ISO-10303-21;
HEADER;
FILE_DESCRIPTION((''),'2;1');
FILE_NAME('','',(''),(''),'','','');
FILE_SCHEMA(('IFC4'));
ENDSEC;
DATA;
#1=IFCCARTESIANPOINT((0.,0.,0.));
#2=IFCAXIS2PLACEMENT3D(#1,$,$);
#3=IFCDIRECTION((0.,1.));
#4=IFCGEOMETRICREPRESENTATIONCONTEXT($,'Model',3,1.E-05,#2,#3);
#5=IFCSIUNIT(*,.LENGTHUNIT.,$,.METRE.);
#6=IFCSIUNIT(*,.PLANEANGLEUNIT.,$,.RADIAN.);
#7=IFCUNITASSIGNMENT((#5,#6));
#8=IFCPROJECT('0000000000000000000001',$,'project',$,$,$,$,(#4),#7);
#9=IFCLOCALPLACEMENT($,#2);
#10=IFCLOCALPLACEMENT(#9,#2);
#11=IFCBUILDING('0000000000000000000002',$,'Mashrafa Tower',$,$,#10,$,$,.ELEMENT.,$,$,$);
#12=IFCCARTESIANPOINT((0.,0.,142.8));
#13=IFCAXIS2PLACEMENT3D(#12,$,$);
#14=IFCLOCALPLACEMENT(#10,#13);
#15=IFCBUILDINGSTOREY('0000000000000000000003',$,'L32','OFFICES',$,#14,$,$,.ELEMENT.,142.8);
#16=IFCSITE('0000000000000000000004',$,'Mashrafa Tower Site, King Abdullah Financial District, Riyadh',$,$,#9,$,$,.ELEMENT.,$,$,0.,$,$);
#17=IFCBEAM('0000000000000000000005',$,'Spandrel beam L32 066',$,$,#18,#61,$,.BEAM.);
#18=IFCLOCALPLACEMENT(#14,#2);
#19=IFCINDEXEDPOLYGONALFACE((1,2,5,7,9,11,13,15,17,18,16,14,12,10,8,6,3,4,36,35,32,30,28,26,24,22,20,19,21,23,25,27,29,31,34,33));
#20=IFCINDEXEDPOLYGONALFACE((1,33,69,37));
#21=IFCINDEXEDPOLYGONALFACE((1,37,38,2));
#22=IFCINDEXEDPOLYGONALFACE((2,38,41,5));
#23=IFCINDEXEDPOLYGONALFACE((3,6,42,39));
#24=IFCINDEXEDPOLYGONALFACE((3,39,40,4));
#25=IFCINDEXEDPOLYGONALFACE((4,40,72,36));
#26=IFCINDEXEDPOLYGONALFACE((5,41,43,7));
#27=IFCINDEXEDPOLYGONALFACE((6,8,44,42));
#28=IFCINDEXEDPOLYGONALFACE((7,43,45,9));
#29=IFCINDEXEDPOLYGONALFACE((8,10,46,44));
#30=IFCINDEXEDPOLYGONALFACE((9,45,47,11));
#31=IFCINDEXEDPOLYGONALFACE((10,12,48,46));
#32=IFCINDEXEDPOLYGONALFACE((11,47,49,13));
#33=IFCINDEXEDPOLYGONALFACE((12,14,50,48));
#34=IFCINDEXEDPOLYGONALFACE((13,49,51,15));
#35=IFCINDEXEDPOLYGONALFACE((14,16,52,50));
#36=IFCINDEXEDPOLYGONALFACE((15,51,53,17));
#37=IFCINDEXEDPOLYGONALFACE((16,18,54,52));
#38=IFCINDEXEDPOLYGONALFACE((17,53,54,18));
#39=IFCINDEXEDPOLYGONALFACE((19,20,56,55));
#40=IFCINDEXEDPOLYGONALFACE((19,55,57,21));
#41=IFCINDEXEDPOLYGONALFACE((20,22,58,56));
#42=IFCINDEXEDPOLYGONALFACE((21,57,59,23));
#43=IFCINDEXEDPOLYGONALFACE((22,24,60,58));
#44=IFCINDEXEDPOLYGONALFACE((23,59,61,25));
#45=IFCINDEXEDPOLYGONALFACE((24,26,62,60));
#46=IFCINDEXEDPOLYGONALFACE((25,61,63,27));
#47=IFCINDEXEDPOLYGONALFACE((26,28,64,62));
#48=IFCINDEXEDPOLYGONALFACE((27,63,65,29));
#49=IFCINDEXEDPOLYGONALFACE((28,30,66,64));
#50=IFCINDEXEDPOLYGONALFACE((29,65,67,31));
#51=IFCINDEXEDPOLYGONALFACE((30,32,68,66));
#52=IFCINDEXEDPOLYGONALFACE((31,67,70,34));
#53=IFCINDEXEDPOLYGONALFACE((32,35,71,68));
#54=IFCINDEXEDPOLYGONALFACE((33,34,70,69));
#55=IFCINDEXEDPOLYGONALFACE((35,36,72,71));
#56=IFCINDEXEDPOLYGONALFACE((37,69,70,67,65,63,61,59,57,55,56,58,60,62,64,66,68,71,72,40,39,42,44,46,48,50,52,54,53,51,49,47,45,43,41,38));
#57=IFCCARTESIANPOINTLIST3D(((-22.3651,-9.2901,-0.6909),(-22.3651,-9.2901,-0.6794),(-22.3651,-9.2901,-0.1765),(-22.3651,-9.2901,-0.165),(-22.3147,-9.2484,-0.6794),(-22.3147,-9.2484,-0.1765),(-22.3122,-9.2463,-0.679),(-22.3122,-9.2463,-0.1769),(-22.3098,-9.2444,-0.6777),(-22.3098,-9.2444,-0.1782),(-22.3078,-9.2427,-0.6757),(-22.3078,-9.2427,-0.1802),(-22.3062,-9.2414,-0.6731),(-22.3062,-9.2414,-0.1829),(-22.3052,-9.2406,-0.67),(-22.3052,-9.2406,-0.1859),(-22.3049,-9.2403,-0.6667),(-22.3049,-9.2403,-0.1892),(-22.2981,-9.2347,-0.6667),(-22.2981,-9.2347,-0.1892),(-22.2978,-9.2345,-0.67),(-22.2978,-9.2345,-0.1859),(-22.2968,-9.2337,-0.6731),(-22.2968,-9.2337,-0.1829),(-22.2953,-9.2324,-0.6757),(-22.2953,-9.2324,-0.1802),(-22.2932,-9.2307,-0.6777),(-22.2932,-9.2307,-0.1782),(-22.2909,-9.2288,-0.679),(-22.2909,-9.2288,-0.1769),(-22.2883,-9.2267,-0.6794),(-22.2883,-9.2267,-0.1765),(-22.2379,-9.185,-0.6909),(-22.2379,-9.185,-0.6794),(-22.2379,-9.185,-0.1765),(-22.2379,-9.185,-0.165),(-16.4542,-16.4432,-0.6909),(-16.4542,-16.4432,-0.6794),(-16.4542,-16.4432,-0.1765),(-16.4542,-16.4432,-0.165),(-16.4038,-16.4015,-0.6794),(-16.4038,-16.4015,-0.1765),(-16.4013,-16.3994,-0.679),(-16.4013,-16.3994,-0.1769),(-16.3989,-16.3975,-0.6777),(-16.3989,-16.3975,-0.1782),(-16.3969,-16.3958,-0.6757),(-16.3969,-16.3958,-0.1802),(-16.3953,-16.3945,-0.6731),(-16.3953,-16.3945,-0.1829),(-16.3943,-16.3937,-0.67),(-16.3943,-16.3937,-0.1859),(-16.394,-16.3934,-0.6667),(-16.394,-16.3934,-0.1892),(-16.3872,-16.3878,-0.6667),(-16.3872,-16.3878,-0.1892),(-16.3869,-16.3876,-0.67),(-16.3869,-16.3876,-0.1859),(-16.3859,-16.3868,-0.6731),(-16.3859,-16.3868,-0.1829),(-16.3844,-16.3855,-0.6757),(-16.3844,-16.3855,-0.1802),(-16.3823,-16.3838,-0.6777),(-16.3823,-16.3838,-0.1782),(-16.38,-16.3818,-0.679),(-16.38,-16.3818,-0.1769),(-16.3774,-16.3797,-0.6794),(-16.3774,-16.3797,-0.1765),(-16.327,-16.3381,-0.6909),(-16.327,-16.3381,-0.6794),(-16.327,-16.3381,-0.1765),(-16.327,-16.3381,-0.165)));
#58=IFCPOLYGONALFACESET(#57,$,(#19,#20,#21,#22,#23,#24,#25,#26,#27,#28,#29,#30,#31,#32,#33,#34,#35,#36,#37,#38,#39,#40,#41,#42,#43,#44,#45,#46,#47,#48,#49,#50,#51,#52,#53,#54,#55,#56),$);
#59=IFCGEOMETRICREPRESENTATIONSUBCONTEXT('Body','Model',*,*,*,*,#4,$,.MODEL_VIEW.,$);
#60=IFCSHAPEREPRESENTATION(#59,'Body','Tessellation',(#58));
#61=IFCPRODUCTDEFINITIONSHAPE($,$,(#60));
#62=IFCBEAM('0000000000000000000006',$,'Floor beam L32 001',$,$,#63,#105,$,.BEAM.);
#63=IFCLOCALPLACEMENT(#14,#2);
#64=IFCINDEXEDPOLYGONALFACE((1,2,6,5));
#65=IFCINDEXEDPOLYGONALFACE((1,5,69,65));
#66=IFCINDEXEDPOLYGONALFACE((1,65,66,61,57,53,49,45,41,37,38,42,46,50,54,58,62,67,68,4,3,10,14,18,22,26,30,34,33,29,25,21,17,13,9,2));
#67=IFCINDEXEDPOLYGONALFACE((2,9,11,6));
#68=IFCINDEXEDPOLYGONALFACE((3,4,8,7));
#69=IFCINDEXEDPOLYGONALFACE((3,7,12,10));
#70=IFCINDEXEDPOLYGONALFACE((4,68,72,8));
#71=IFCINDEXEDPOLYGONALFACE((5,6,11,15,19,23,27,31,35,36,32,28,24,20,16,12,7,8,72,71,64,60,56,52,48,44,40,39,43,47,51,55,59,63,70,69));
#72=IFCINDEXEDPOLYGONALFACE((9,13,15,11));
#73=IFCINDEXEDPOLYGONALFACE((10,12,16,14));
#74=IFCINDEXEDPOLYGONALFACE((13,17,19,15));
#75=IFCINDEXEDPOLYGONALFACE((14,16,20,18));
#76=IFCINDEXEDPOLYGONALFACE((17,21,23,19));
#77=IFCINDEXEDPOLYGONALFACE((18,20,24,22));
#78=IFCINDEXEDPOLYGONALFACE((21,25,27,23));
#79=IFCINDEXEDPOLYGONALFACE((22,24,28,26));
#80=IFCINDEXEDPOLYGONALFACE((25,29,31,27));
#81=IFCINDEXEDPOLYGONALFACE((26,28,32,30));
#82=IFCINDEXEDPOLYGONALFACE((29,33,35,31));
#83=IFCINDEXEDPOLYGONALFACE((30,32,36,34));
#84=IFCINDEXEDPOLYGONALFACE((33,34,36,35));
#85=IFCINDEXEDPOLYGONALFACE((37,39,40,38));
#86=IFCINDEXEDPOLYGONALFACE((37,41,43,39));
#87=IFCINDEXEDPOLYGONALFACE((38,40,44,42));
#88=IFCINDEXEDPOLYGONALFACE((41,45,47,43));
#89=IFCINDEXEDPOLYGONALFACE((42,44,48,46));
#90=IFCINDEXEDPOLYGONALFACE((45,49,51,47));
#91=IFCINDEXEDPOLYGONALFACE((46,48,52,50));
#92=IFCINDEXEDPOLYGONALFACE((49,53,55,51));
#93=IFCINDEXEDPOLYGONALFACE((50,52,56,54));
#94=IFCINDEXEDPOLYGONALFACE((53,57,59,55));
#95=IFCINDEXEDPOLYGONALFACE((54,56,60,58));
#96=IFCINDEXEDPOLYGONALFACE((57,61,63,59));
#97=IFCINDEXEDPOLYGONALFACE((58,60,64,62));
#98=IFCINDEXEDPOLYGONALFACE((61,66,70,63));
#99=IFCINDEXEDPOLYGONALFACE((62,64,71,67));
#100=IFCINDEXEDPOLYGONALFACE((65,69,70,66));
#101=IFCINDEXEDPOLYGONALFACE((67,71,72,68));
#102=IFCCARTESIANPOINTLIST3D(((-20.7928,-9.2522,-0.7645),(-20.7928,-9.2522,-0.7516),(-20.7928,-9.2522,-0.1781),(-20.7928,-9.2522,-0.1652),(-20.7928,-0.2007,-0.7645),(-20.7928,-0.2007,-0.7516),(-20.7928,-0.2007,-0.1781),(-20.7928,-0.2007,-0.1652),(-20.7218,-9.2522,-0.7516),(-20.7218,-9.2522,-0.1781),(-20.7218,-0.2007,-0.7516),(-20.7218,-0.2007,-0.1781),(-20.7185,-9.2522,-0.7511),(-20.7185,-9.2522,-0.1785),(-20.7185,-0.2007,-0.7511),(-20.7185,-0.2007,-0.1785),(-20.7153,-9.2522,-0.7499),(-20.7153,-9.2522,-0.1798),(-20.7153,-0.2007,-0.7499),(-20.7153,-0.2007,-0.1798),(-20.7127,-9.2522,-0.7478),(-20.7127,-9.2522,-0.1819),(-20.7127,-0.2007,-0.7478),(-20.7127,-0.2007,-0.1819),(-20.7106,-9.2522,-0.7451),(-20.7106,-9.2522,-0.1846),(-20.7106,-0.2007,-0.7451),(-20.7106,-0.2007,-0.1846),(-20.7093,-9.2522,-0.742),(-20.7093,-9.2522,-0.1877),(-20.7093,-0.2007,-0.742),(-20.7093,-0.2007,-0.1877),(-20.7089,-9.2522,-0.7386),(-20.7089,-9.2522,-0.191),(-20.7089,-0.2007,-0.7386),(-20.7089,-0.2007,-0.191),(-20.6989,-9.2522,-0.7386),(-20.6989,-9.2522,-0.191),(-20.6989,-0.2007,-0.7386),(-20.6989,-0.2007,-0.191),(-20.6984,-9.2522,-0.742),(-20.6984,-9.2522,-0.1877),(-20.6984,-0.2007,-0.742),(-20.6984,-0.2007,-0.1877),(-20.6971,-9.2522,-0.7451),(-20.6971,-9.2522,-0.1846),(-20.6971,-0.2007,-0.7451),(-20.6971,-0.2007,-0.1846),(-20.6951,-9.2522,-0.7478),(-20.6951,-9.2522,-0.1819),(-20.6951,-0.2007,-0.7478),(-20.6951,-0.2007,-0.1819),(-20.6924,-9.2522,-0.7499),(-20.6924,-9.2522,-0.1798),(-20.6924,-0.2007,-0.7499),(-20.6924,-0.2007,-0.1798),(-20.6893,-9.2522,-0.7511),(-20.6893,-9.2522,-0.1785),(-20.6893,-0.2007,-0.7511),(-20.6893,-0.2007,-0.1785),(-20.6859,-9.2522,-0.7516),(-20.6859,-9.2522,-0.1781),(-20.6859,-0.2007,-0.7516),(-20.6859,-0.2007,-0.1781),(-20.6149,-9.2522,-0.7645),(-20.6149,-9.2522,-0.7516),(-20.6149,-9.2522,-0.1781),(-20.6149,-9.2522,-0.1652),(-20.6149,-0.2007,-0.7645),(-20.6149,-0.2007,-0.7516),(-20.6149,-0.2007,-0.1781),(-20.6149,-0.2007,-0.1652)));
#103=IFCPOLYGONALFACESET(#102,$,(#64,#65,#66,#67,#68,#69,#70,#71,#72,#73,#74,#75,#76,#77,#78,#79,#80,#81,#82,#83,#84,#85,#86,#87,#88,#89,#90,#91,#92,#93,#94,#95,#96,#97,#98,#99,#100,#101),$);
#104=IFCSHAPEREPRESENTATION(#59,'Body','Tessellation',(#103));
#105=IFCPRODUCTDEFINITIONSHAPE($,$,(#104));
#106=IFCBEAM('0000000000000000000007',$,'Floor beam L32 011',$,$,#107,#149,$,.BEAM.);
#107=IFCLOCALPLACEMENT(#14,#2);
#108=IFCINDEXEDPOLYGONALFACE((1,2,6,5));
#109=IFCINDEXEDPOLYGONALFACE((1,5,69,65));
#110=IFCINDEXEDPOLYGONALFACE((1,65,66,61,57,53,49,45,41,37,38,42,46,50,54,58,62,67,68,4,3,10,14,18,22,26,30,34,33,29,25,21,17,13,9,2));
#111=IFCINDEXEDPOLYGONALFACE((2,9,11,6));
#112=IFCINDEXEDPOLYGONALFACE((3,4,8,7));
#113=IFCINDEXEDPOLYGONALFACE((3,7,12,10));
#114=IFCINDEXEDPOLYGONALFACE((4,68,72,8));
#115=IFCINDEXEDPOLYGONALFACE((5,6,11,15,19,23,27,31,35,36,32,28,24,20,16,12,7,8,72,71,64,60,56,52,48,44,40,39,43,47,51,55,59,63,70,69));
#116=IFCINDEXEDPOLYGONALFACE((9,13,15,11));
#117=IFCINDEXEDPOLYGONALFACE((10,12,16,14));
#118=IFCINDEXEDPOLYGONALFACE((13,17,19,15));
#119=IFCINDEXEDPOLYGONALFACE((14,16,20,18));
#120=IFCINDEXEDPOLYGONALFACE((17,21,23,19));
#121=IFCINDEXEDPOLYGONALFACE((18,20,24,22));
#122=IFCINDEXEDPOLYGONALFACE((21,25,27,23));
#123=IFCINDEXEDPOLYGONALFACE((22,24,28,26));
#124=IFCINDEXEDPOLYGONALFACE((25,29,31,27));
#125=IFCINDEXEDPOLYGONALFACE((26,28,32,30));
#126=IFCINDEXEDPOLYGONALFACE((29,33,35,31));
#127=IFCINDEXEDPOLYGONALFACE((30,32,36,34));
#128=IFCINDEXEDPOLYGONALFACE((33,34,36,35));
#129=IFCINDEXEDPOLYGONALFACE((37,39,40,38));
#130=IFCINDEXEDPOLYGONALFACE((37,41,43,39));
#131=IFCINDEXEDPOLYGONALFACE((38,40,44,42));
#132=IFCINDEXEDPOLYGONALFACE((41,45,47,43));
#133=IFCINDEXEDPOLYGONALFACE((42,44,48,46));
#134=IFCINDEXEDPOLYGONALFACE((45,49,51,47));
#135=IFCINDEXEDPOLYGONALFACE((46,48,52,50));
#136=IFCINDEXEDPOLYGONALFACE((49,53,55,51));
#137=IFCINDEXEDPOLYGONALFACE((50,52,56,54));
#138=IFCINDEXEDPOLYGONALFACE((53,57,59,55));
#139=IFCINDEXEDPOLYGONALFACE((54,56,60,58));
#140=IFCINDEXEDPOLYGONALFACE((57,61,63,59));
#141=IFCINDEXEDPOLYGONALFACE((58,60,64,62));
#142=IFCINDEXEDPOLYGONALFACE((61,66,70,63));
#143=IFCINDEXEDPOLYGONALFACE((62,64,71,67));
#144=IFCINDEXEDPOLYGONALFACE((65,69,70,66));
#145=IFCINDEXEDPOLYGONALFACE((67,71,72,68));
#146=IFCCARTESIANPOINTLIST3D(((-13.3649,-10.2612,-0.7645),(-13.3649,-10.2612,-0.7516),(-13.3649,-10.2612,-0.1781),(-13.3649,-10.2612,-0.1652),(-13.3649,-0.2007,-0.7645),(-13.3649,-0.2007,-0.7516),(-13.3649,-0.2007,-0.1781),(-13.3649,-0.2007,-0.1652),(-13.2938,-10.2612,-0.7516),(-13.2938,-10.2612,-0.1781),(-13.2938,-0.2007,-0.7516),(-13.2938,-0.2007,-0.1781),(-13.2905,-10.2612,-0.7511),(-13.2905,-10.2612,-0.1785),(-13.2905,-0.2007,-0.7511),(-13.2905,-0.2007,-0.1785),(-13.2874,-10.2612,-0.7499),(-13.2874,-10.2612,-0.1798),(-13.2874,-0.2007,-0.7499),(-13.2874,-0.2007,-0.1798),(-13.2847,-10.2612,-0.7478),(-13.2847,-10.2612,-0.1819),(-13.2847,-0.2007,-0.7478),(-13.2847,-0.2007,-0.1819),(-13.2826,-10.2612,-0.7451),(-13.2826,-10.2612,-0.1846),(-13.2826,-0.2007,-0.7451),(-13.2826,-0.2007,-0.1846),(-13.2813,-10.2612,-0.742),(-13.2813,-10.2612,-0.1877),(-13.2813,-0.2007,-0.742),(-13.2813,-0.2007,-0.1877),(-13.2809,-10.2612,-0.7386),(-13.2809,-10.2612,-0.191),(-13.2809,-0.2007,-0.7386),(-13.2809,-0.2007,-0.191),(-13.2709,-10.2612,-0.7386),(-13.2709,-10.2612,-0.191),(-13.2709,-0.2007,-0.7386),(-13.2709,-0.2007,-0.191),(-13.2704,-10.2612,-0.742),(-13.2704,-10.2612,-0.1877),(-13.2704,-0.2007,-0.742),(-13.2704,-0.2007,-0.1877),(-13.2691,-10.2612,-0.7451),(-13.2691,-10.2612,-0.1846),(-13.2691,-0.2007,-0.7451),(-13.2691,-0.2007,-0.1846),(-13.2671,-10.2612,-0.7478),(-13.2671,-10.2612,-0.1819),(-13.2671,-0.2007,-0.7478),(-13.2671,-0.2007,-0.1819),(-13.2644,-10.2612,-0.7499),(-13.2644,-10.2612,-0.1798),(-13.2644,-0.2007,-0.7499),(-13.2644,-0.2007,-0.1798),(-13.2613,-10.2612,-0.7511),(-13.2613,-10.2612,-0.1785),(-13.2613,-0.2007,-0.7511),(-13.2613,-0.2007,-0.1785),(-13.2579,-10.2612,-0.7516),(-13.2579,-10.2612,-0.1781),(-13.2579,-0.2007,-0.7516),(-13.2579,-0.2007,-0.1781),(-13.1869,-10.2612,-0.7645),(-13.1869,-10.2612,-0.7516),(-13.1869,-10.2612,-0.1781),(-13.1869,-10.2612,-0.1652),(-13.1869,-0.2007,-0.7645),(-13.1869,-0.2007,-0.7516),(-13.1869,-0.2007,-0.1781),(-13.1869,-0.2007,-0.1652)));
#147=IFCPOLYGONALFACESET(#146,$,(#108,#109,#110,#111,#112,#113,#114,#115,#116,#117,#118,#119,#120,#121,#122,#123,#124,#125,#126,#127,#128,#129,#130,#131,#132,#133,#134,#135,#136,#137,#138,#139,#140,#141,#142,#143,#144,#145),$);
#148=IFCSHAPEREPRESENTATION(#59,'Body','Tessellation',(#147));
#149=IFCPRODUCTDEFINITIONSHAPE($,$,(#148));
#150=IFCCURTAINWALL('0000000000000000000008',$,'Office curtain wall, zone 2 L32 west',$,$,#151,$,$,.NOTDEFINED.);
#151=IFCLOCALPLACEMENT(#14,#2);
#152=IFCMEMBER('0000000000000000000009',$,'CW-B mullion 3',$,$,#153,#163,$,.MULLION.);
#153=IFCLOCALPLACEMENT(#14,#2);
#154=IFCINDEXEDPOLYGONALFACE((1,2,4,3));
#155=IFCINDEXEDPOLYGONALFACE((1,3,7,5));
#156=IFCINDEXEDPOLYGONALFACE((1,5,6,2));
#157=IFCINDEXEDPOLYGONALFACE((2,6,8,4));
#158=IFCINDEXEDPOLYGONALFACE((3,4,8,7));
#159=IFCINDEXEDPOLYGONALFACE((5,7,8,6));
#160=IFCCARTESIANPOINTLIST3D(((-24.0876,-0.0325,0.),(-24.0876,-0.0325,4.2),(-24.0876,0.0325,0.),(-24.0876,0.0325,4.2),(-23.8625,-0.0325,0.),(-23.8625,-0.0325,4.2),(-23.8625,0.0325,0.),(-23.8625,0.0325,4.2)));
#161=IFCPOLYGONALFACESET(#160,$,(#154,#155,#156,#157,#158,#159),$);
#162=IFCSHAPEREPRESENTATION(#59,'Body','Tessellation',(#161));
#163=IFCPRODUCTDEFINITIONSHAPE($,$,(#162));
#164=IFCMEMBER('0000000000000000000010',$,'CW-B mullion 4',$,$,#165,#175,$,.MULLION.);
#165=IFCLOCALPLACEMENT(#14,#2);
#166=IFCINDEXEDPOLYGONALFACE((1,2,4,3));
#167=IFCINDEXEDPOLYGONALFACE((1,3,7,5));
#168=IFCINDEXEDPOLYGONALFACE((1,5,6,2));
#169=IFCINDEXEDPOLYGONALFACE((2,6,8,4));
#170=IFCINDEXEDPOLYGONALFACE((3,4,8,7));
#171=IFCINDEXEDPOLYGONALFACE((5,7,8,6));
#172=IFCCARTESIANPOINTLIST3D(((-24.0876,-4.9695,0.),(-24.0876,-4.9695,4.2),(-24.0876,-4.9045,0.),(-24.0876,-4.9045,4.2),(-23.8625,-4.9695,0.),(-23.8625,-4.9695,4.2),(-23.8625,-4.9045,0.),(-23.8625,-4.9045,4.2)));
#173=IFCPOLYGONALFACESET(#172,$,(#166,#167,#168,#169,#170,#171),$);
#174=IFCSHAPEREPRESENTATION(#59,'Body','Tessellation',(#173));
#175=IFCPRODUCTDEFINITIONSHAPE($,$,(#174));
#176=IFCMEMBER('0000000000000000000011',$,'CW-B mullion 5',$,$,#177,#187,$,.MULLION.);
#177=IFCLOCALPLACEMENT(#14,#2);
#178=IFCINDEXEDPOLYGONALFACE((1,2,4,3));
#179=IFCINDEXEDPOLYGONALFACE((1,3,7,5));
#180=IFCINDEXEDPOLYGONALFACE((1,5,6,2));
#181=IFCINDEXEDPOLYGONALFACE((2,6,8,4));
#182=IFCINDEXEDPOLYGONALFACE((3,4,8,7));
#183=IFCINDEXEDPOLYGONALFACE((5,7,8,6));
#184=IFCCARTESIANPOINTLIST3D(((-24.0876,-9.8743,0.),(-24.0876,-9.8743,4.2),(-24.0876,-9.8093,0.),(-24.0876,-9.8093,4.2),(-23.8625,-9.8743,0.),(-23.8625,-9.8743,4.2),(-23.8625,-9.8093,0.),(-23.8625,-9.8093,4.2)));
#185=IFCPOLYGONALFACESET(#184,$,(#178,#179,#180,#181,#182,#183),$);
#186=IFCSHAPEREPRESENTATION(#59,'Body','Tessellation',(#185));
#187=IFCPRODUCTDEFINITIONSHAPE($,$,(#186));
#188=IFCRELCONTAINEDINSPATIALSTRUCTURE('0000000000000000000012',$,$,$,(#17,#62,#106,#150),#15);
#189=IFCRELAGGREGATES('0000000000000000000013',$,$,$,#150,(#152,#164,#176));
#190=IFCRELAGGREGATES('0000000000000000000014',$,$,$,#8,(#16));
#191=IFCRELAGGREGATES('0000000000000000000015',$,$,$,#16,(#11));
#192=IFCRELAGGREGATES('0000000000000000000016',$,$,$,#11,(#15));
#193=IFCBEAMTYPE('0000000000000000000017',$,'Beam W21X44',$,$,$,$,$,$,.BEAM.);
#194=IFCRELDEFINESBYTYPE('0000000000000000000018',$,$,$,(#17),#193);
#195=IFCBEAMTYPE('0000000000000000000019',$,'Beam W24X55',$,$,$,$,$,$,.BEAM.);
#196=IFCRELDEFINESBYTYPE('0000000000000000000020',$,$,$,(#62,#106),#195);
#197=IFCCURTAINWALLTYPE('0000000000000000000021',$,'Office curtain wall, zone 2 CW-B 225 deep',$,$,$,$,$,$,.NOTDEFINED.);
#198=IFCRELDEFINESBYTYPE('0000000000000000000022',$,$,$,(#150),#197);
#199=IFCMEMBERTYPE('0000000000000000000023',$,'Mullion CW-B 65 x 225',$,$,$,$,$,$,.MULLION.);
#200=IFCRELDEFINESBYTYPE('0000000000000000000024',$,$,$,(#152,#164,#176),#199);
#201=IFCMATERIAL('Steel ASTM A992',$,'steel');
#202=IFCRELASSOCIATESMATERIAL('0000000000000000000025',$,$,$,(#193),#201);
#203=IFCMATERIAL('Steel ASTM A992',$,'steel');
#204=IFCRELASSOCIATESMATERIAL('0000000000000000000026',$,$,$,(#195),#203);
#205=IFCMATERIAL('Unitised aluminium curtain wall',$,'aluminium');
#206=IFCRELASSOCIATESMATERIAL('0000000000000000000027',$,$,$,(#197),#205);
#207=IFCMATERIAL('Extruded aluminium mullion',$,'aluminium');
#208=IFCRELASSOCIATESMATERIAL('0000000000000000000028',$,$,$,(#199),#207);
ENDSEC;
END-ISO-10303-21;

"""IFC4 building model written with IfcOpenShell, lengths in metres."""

from ifc_helpers import new_model, si_unit, direction, frame, origin, origin_2d, place, context, subcontext, project, spatial, rectangle, i_section, extrude, source, transform, mapped, material, material_profile, profile_set, type_object, type_shapes, element, aggregate, save


model = new_model("IFC4")

# Units and contexts
model_context = context("Model", 3, precision=1e-05, world=origin(), true_north=direction((0.0, 1.0)))
body_context = subcontext(model_context, "Body", "Model", "MODEL_VIEW")
ifc_project = project(units=[si_unit("LENGTHUNIT", "METRE"), si_unit("PLANEANGLEUNIT", "RADIAN")], contexts=[model_context])

# Site, building, storey
site_placement = place(None, origin())
site = spatial("IfcSite", under=ifc_project, at=site_placement, Name="Mashrafa Tower Site, King Abdullah Financial District, Riyadh", CompositionType="ELEMENT", RefElevation=0.0)
building_placement = place(site_placement, origin())
building = spatial("IfcBuilding", under=site, at=building_placement, Name="Mashrafa Tower", CompositionType="ELEMENT")
storey_placement = place(building_placement, frame((0.0, 0.0, 142.8)))
storey = spatial("IfcBuildingStorey", under=building, at=storey_placement, Name="L32", Description="OFFICES", CompositionType="ELEMENT", Elevation=142.8)

# Beams
ifc_material_1 = material(Name="Steel ASTM A992", Category="steel")
ifc_material_profile_1 = material_profile(ifc_material_1, i_section(OverallWidth=0.165, OverallDepth=0.5259, WebThickness=0.0088, FlangeThickness=0.0115, FilletRadius=0.0127, at=origin_2d()), Name="W21X44")
ifc_profile_set_1 = profile_set([ifc_material_profile_1], Name="Steel ASTM A992")
beam_type_1 = type_object("IfcBeamType", Name="Beam W21X44", PredefinedType="BEAM", material=ifc_profile_set_1)
for number, where, z_axis, x_axis, name in (
    (1, (-22.3015, -9.2375, -0.428), (0.636998, -0.770865, 0.0), (0.770865, 0.636998, 0.0), "Spandrel beam L32 066"),
):
    element("IfcBeam", number, at=place(storey_placement, frame(where, z_axis=z_axis, x_axis=x_axis)), inside=storey, type_object=beam_type_1, Name=name, PredefinedType="BEAM", context=body_context, shape_type="SweptSolid", body=[
        extrude(i_section(OverallWidth=0.165, OverallDepth=0.5259, WebThickness=0.0088, FlangeThickness=0.0115, FilletRadius=0.0127, at=origin_2d()), origin(), (0.0, 0.0, 1.0), 9.2793),
    ])
ifc_material_2 = material(Name="Steel ASTM A992", Category="steel")
ifc_material_profile_2 = material_profile(ifc_material_2, i_section(OverallWidth=0.178, OverallDepth=0.5994, WebThickness=0.01, FlangeThickness=0.0129, FilletRadius=0.0129, at=origin_2d()), Name="W24X55")
ifc_profile_set_2 = profile_set([ifc_material_profile_2], Name="Steel ASTM A992")
beam_type_2 = type_object("IfcBeamType", Name="Beam W24X55", PredefinedType="BEAM", material=ifc_profile_set_2)
beam_1_placement = place(storey_placement, frame((-20.7039, -9.2522, -0.4648), z_axis=(0.0, 1.0, 0.0), x_axis=(-1.0, 0.0, 0.0)))
element("IfcBeam", 2, at=beam_1_placement, inside=storey, type_object=beam_type_2, Name="Floor beam L32 001", PredefinedType="BEAM", context=body_context, shape_type="SweptSolid", body=[
    extrude(i_section(OverallWidth=0.178, OverallDepth=0.5994, WebThickness=0.01, FlangeThickness=0.0129, FilletRadius=0.0129, at=origin_2d()), origin(), (0.0, 0.0, 1.0), 9.0515),
])
beam_2_placement = place(storey_placement, frame((-13.2759, -10.2612, -0.4648), z_axis=(0.0, 1.0, 0.0), x_axis=(-1.0, 0.0, 0.0)))
element("IfcBeam", 3, at=beam_2_placement, inside=storey, type_object=beam_type_2, Name="Floor beam L32 011", PredefinedType="BEAM", context=body_context, shape_type="SweptSolid", body=[
    extrude(i_section(OverallWidth=0.178, OverallDepth=0.5994, WebThickness=0.01, FlangeThickness=0.0129, FilletRadius=0.0129, at=origin_2d()), origin(), (0.0, 0.0, 1.0), 10.0605),
])

# Curtain wall, members
ifc_material_3 = material(Name="Unitised aluminium curtain wall", Category="aluminium")
curtain_wall_type = type_object("IfcCurtainWallType", Name="Office curtain wall, zone 2 CW-B 225 deep", PredefinedType="NOTDEFINED", material=ifc_material_3)
curtain_wall_1_placement = place(storey_placement, origin())
curtain_wall_1 = element("IfcCurtainWall", 4, at=curtain_wall_1_placement, inside=storey, type_object=curtain_wall_type, Name="Office curtain wall, zone 2 L32 west", PredefinedType="NOTDEFINED")
ifc_material_4 = material(Name="Extruded aluminium mullion", Category="aluminium")
ifc_material_profile_3 = material_profile(ifc_material_4, rectangle(XDim=0.2251, YDim=0.0649, at=origin_2d()), Name="Mullion 65x225")
ifc_profile_set_3 = profile_set([ifc_material_profile_3], Name="Extruded aluminium mullion")
member_type_1 = type_object("IfcMemberType", Name="Mullion CW-B 65 x 225", PredefinedType="MULLION", material=ifc_profile_set_3)
shared_shape_1 = source(origin(), body_context, "Body", "SweptSolid", [
    extrude(rectangle(XDim=0.2251, YDim=0.0649, at=origin_2d()), origin(), (0.0, 0.0, 1.0), 4.2),
])
type_shapes(member_type_1, [shared_shape_1])
member_1_placement = place(storey_placement, frame((-23.9751, 0.0, 0.0), z_axis=(0.0, 0.0, 1.0), x_axis=(1.0, 0.0, 0.0)))
member_1 = element("IfcMember", 5, at=member_1_placement, type_object=member_type_1, Name="CW-B mullion 3", PredefinedType="MULLION", context=body_context, shape_type="MappedRepresentation", body=[
    mapped(shared_shape_1, transform((0.0, 0.0, 0.0))),
])
member_2_placement = place(storey_placement, frame((-23.9751, -4.937, 0.0), z_axis=(0.0, 0.0, 1.0), x_axis=(1.0, 0.0, 0.0)))
member_2 = element("IfcMember", 6, at=member_2_placement, type_object=member_type_1, Name="CW-B mullion 4", PredefinedType="MULLION", context=body_context, shape_type="MappedRepresentation", body=[
    mapped(shared_shape_1, transform((0.0, 0.0, 0.0))),
])
member_3_placement = place(storey_placement, frame((-23.9751, -9.8418, 0.0), z_axis=(0.0, 0.0, 1.0), x_axis=(1.0, 0.0, 0.0)))
member_3 = element("IfcMember", 7, at=member_3_placement, type_object=member_type_1, Name="CW-B mullion 5", PredefinedType="MULLION", context=body_context, shape_type="MappedRepresentation", body=[
    mapped(shared_shape_1, transform((0.0, 0.0, 0.0))),
])

aggregate(curtain_wall_1, [member_1, member_2, member_3])

save(model, "model.ifc")
